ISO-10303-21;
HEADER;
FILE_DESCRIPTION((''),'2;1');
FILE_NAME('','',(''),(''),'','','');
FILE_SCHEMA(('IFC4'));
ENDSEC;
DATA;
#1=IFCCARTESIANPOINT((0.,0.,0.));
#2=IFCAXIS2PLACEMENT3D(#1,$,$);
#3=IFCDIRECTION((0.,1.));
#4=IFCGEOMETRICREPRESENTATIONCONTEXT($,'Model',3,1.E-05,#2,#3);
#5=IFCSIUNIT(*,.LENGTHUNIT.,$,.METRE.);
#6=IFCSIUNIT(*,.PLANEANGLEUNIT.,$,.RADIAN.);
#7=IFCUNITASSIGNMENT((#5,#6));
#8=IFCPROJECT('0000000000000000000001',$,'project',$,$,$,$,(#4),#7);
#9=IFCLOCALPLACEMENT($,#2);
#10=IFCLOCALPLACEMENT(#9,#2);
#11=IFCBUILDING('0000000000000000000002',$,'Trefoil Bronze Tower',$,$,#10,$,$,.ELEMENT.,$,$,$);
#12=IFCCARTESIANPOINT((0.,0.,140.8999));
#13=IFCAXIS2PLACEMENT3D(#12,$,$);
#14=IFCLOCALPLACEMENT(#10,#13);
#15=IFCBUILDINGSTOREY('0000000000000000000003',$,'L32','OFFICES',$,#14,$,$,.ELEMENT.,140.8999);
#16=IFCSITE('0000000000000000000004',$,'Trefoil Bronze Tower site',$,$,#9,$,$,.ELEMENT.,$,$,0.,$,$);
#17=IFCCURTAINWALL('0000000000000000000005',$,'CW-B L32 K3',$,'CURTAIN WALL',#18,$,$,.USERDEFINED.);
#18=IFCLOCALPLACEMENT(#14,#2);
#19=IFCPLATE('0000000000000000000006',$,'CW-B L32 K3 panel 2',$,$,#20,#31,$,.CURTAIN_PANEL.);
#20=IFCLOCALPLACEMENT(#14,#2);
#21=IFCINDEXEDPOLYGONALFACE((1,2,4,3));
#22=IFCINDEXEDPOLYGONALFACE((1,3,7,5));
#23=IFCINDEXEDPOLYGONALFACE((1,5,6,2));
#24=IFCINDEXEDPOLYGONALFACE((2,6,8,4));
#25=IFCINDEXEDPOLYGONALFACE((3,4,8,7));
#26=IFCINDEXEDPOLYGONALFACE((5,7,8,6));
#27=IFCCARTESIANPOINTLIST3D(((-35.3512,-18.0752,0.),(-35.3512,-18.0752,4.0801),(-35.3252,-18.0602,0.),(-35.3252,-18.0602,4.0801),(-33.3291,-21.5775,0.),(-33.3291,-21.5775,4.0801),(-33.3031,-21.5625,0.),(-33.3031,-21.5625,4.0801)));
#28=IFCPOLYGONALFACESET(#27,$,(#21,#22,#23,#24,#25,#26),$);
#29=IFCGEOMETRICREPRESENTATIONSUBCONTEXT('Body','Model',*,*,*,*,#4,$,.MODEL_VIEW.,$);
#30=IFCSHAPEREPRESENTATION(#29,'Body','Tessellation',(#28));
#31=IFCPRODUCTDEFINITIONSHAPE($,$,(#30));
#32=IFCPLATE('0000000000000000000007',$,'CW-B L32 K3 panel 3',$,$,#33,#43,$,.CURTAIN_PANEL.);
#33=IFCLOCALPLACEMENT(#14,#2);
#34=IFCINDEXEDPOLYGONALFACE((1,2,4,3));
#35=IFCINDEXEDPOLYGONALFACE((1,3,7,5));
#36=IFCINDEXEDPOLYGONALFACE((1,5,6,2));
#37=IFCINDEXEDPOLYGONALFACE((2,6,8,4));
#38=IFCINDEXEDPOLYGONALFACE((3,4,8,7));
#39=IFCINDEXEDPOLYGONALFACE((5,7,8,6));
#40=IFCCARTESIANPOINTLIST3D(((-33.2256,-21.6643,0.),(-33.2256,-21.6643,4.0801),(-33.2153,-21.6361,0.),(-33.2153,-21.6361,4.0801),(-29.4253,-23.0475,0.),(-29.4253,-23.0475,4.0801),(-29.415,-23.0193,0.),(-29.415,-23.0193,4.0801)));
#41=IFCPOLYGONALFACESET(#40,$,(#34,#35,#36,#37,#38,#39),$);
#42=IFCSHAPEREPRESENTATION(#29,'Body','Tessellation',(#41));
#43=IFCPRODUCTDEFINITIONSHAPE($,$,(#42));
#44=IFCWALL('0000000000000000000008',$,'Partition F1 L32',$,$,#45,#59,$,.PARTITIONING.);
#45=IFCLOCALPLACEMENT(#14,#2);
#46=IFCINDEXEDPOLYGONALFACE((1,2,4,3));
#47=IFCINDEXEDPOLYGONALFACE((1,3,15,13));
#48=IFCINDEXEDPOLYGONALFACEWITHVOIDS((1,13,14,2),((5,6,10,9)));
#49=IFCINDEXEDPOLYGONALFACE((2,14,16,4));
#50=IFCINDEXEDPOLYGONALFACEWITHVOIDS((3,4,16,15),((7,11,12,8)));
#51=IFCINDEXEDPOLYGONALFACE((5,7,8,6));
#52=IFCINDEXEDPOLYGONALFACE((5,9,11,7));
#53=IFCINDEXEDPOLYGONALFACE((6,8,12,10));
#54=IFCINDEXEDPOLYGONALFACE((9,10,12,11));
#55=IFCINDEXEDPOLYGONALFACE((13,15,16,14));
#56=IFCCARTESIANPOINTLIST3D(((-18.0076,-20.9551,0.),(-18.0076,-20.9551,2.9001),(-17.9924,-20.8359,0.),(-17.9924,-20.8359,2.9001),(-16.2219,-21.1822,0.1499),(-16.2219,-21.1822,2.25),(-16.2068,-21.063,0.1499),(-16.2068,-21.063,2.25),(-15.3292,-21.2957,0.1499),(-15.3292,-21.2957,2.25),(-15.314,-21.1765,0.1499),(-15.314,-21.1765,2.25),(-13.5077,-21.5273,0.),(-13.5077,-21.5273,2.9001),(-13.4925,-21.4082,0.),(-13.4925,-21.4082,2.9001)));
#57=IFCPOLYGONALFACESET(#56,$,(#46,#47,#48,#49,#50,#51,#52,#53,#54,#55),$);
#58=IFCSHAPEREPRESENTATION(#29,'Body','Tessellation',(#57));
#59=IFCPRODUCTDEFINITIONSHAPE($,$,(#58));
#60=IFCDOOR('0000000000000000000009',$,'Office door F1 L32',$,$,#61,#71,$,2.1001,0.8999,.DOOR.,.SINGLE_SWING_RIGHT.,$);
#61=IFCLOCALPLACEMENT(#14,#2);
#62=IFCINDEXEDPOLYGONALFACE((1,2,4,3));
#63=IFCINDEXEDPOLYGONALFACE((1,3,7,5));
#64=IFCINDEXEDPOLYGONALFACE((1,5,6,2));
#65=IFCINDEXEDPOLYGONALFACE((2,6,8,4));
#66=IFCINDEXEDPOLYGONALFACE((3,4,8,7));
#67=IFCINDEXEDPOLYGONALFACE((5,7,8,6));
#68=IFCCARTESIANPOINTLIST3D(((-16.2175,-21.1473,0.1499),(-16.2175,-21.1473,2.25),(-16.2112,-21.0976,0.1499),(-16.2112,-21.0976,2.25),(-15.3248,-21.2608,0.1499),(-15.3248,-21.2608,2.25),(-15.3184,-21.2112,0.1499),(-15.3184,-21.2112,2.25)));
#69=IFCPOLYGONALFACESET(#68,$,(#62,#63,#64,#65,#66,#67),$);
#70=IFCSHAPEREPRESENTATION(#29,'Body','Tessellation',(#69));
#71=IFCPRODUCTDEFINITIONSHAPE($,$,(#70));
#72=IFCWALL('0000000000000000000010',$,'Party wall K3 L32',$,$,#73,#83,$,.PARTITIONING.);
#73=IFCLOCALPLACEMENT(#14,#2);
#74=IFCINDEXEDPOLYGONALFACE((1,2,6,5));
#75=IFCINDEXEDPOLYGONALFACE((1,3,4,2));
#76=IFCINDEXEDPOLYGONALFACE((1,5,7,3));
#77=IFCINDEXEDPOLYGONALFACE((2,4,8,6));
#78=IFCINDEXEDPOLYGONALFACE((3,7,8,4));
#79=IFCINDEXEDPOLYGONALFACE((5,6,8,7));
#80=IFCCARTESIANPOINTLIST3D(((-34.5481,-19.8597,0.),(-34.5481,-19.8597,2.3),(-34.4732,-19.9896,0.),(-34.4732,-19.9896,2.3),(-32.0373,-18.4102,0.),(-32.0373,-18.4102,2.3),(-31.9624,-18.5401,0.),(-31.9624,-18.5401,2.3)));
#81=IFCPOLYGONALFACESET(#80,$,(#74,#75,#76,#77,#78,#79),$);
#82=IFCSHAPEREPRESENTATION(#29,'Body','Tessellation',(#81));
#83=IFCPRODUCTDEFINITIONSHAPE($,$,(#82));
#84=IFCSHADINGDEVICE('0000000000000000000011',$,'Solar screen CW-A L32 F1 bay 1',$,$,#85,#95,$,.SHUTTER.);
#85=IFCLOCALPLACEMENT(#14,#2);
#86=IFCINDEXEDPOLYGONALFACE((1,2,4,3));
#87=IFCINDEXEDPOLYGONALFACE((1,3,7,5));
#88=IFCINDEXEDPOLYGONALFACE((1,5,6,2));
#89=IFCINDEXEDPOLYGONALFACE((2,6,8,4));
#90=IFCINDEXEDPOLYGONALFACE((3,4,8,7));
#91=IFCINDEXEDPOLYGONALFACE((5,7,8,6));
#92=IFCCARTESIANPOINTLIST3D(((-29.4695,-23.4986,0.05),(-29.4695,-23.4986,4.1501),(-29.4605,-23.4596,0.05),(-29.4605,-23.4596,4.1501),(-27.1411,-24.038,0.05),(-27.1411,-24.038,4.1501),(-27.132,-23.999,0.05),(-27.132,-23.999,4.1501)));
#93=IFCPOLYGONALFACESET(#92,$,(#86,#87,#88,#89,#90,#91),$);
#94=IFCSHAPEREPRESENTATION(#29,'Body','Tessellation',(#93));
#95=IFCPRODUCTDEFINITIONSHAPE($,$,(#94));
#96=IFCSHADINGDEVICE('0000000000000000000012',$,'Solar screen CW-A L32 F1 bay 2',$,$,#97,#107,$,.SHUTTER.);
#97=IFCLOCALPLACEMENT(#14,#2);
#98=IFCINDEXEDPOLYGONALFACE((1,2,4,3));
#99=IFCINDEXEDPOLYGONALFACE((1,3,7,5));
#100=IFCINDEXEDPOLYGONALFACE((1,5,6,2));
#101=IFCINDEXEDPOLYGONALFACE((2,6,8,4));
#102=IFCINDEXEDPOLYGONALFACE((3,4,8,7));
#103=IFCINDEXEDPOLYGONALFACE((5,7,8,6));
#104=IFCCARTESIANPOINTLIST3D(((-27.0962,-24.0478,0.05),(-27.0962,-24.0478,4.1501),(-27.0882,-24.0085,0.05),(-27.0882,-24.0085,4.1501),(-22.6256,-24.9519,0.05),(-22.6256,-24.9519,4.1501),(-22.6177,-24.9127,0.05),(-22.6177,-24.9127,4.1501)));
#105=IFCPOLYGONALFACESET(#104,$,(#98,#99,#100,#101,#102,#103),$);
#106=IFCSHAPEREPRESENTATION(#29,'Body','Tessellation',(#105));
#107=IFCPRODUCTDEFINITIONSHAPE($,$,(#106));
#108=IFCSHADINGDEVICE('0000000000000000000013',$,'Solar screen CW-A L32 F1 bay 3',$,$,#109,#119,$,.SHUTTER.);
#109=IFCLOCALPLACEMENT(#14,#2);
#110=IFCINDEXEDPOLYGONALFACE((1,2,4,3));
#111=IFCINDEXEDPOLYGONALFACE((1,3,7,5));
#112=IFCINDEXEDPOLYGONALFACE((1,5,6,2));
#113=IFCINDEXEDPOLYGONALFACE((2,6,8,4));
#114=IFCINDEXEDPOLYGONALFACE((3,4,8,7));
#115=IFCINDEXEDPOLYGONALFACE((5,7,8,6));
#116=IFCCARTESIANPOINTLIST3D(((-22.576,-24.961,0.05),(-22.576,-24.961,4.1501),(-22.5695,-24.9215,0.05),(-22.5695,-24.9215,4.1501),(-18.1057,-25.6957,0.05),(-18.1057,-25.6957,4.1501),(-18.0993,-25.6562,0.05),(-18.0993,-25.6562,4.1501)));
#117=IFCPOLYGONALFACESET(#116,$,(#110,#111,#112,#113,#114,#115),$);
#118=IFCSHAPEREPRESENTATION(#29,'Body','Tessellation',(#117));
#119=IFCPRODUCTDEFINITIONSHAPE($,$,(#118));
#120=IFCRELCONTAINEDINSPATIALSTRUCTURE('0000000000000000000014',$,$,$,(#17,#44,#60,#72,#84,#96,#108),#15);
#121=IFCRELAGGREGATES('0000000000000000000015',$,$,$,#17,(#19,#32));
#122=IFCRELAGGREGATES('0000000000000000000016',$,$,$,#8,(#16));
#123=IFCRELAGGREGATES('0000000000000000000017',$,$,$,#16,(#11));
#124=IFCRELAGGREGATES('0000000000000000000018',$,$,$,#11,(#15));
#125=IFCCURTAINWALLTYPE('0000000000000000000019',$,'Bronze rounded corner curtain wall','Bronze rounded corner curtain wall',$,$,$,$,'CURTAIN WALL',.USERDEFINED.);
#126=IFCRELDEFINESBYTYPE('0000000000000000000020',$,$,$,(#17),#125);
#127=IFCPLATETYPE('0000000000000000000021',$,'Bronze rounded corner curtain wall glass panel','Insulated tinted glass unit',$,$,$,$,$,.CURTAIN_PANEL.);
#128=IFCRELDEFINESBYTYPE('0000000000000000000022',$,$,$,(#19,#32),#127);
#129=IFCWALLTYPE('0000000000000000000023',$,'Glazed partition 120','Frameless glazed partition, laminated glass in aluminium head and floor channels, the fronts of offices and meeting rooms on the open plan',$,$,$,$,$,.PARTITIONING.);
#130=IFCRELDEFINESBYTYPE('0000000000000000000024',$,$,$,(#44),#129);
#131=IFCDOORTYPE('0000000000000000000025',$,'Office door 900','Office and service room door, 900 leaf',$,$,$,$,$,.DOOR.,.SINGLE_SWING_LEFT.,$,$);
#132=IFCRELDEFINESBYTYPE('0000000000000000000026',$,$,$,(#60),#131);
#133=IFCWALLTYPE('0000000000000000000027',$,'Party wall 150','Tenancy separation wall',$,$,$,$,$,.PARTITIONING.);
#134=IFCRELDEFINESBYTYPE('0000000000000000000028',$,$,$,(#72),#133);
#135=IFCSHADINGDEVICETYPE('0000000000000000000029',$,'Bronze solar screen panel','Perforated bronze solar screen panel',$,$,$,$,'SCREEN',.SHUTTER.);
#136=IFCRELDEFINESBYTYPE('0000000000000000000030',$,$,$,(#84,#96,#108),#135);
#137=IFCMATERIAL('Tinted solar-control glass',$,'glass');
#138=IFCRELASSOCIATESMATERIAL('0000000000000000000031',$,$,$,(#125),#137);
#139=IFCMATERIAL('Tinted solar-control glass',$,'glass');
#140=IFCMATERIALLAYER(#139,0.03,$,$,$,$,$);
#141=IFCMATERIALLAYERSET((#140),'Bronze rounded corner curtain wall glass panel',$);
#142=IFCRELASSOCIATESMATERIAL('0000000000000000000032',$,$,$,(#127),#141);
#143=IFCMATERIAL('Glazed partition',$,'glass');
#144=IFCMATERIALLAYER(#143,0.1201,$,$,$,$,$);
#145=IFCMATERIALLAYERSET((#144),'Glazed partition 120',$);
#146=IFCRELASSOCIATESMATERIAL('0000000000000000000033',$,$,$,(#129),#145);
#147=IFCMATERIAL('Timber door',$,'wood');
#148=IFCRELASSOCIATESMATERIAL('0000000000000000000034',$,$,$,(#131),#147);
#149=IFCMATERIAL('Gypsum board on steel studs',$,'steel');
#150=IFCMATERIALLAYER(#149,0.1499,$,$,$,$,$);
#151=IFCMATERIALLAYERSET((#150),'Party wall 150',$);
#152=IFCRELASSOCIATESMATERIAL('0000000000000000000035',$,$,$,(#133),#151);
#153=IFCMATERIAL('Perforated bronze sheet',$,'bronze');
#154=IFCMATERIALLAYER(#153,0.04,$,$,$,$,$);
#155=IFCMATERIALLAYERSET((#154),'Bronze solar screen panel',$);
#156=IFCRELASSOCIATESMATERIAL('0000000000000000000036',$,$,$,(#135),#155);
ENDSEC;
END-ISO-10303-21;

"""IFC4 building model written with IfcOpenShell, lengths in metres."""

from ifc_helpers import new_model, si_unit, direction, frame, frame_2d, origin, origin_2d, place, context, subcontext, project, spatial, rectangle, extrude, material, layer, layer_set, type_object, element, fill, aggregate, save


model = new_model("IFC4")

# Units and contexts
model_context = context("Model", 3, precision=1e-05, world=origin(), true_north=direction((0.0, 1.0)))
body_context = subcontext(model_context, "Body", "Model", "MODEL_VIEW")
ifc_project = project(units=[si_unit("LENGTHUNIT", "METRE"), si_unit("PLANEANGLEUNIT", "RADIAN")], contexts=[model_context])

# Site, building, storey
site_placement = place(None, origin())
site = spatial("IfcSite", under=ifc_project, at=site_placement, Name="Trefoil Bronze Tower site", CompositionType="ELEMENT", RefElevation=0.0)
building_placement = place(site_placement, origin())
building = spatial("IfcBuilding", under=site, at=building_placement, Name="Trefoil Bronze Tower", CompositionType="ELEMENT")
storey_placement = place(building_placement, frame((0.0, 0.0, 140.8999)))
storey = spatial("IfcBuildingStorey", under=building, at=storey_placement, Name="L32", Description="OFFICES", CompositionType="ELEMENT", Elevation=140.8999)

# Curtain wall
ifc_material_1 = material(Name="Tinted solar-control glass", Category="glass")
curtain_wall_type_1 = type_object("IfcCurtainWallType", Name="Bronze rounded corner curtain wall", Description="Bronze rounded corner curtain wall", ElementType="CURTAIN WALL", PredefinedType="USERDEFINED", material=ifc_material_1)
curtain_wall_1_placement = place(storey_placement, origin())
curtain_wall_1 = element("IfcCurtainWall", 1, at=curtain_wall_1_placement, inside=storey, type_object=curtain_wall_type_1, Name="CW-B L32 K3", ObjectType="CURTAIN WALL", PredefinedType="USERDEFINED")

# Plates
ifc_material_2 = material(Name="Tinted solar-control glass", Category="glass")
ifc_layer_1 = layer(ifc_material_2, 0.03)
ifc_layer_set_1 = layer_set([ifc_layer_1], Name="Bronze rounded corner curtain wall glass panel")
plate_type_1 = type_object("IfcPlateType", Name="Bronze rounded corner curtain wall glass panel", Description="Insulated tinted glass unit", PredefinedType="CURTAIN_PANEL", material=ifc_layer_set_1)
plate_1_placement = place(storey_placement, frame((-34.3271, -19.8188, 0.0), z_axis=(0.0, 0.0, 1.0), x_axis=(0.5, -0.866025, 0.0)))
plate_1 = element("IfcPlate", 2, at=plate_1_placement, type_object=plate_type_1, Name="CW-B L32 K3 panel 2", PredefinedType="CURTAIN_PANEL", context=body_context, shape_type="SweptSolid", body=[
    extrude(rectangle(XDim=4.0442, YDim=0.03, at=origin_2d()), origin(), (0.0, 0.0, 1.0), 4.0801),
])
plate_2_placement = place(storey_placement, frame((-31.3203, -22.3418, 0.0), z_axis=(0.0, 0.0, 1.0), x_axis=(0.939693, -0.34202, 0.0)))
plate_2 = element("IfcPlate", 3, at=plate_2_placement, type_object=plate_type_1, Name="CW-B L32 K3 panel 3", PredefinedType="CURTAIN_PANEL", context=body_context, shape_type="SweptSolid", body=[
    extrude(rectangle(XDim=4.0442, YDim=0.03, at=origin_2d()), origin(), (0.0, 0.0, 1.0), 4.0801),
])
aggregate(curtain_wall_1, [plate_1, plate_2])

# Wall, opening, door
ifc_material_3 = material(Name="Glazed partition", Category="glass")
ifc_layer_2 = layer(ifc_material_3, 0.1201)
ifc_layer_set_2 = layer_set([ifc_layer_2], Name="Glazed partition 120")
wall_type_1 = type_object("IfcWallType", Name="Glazed partition 120", Description="Frameless glazed partition, laminated glass in aluminium head and floor channels, the fronts of offices and meeting rooms on the open plan", PredefinedType="PARTITIONING", material=ifc_layer_set_2)
wall_1_placement = place(storey_placement, frame((-18.0, -20.8955, 0.0), z_axis=(0.0, 0.0, 1.0), x_axis=(0.992011, -0.126154, 0.0)))
wall_1 = element("IfcWall", 4, at=wall_1_placement, inside=storey, type_object=wall_type_1, Name="Partition F1 L32", PredefinedType="PARTITIONING", context=body_context, shape_type="SweptSolid", body=[
    extrude(rectangle(XDim=4.5361, YDim=0.1201, at=frame_2d((2.2681, 0.0))), origin(), (0.0, 0.0, 1.0), 2.9001),
])
opening_placement = place(wall_1_placement, frame((1.8, 0.0, 0.1499)))
opening = element("IfcOpeningElement", 5, at=opening_placement, cuts=wall_1, PredefinedType="OPENING", context=body_context, shape_type="SweptSolid", body=[
    extrude(rectangle(XDim=0.8999, YDim=2.1001, at=frame_2d((0.45, 1.05))), frame((0.0, 0.0701, 0.0), z_axis=(0.0, -1.0, 0.0), x_axis=(1.0, 0.0, 0.0)), (0.0, 0.0, 1.0), 0.1401),
])
ifc_material_4 = material(Name="Timber door", Category="wood")
door_type = type_object("IfcDoorType", Name="Office door 900", Description="Office and service room door, 900 leaf", OperationType="SINGLE_SWING_LEFT", PredefinedType="DOOR", material=ifc_material_4)
door_placement = place(opening_placement, frame((0.8999, 0.0, 0.0), z_axis=(0.0, 0.0, 1.0), x_axis=(-1.0, 0.0, 0.0)))
door = element("IfcDoor", 6, at=door_placement, inside=storey, type_object=door_type, Name="Office door F1 L32", OperationType="SINGLE_SWING_RIGHT", OverallHeight=2.1001, OverallWidth=0.8999, PredefinedType="DOOR", context=body_context, shape_type="SweptSolid", body=[
    extrude(rectangle(XDim=0.8999, YDim=2.1001, at=frame_2d((0.45, 1.05))), frame((0.0, 0.0249, 0.0), z_axis=(0.0, -1.0, 0.0), x_axis=(1.0, 0.0, 0.0)), (0.0, 0.0, 1.0), 0.05),
])
fill(opening, door)

# Wall
ifc_material_5 = material(Name="Gypsum board on steel studs", Category="steel")
ifc_layer_3 = layer(ifc_material_5, 0.1499)
ifc_layer_set_3 = layer_set([ifc_layer_3], Name="Party wall 150")
wall_type_2 = type_object("IfcWallType", Name="Party wall 150", Description="Tenancy separation wall", PredefinedType="PARTITIONING", material=ifc_layer_set_3)
wall_2_placement = place(storey_placement, frame((-31.9998, -18.4751, 0.0), z_axis=(0.0, 0.0, 1.0), x_axis=(-0.866043, -0.49997, 0.0)))
element("IfcWall", 7, at=wall_2_placement, inside=storey, type_object=wall_type_2, Name="Party wall K3 L32", PredefinedType="PARTITIONING", context=body_context, shape_type="SweptSolid", body=[
    extrude(rectangle(XDim=2.8992, YDim=0.1499, at=frame_2d((1.4497, 0.0))), origin(), (0.0, 0.0, 1.0), 2.3),
])

# Shading devices
ifc_material_6 = material(Name="Perforated bronze sheet", Category="bronze")
ifc_layer_4 = layer(ifc_material_6, 0.04)
ifc_layer_set_4 = layer_set([ifc_layer_4], Name="Bronze solar screen panel")
shading_device_type = type_object("IfcShadingDeviceType", Name="Bronze solar screen panel", Description="Perforated bronze solar screen panel", ElementType="SCREEN", PredefinedType="SHUTTER", material=ifc_layer_set_4)
shading_device_1_placement = place(storey_placement, frame((-28.3008, -23.7488, 0.05), z_axis=(0.0, 0.0, 1.0), x_axis=(0.974204, -0.225667, 0.0)))
element("IfcShadingDevice", 8, at=shading_device_1_placement, inside=storey, type_object=shading_device_type, Name="Solar screen CW-A L32 F1 bay 1", PredefinedType="SHUTTER", context=body_context, shape_type="SweptSolid", body=[
    extrude(rectangle(XDim=2.3901, YDim=0.04, at=origin_2d()), origin(), (0.0, 0.0, 1.0), 4.1001),
])
shading_device_2_placement = place(storey_placement, frame((-24.8569, -24.4802, 0.05), z_axis=(0.0, 0.0, 1.0), x_axis=(0.980155, -0.198232, 0.0)))
element("IfcShadingDevice", 9, at=shading_device_2_placement, inside=storey, type_object=shading_device_type, Name="Solar screen CW-A L32 F1 bay 2", PredefinedType="SHUTTER", context=body_context, shape_type="SweptSolid", body=[
    extrude(rectangle(XDim=4.561, YDim=0.04, at=origin_2d()), origin(), (0.0, 0.0, 1.0), 4.1001),
])
shading_device_3_placement = place(storey_placement, frame((-20.3376, -25.3086, 0.05), z_axis=(0.0, 0.0, 1.0), x_axis=(0.98676, -0.162189, 0.0)))
element("IfcShadingDevice", 10, at=shading_device_3_placement, inside=storey, type_object=shading_device_type, Name="Solar screen CW-A L32 F1 bay 3", PredefinedType="SHUTTER", context=body_context, shape_type="SweptSolid", body=[
    extrude(rectangle(XDim=4.5303, YDim=0.04, at=origin_2d()), origin(), (0.0, 0.0, 1.0), 4.1001),
])

save(model, "model.ifc")
